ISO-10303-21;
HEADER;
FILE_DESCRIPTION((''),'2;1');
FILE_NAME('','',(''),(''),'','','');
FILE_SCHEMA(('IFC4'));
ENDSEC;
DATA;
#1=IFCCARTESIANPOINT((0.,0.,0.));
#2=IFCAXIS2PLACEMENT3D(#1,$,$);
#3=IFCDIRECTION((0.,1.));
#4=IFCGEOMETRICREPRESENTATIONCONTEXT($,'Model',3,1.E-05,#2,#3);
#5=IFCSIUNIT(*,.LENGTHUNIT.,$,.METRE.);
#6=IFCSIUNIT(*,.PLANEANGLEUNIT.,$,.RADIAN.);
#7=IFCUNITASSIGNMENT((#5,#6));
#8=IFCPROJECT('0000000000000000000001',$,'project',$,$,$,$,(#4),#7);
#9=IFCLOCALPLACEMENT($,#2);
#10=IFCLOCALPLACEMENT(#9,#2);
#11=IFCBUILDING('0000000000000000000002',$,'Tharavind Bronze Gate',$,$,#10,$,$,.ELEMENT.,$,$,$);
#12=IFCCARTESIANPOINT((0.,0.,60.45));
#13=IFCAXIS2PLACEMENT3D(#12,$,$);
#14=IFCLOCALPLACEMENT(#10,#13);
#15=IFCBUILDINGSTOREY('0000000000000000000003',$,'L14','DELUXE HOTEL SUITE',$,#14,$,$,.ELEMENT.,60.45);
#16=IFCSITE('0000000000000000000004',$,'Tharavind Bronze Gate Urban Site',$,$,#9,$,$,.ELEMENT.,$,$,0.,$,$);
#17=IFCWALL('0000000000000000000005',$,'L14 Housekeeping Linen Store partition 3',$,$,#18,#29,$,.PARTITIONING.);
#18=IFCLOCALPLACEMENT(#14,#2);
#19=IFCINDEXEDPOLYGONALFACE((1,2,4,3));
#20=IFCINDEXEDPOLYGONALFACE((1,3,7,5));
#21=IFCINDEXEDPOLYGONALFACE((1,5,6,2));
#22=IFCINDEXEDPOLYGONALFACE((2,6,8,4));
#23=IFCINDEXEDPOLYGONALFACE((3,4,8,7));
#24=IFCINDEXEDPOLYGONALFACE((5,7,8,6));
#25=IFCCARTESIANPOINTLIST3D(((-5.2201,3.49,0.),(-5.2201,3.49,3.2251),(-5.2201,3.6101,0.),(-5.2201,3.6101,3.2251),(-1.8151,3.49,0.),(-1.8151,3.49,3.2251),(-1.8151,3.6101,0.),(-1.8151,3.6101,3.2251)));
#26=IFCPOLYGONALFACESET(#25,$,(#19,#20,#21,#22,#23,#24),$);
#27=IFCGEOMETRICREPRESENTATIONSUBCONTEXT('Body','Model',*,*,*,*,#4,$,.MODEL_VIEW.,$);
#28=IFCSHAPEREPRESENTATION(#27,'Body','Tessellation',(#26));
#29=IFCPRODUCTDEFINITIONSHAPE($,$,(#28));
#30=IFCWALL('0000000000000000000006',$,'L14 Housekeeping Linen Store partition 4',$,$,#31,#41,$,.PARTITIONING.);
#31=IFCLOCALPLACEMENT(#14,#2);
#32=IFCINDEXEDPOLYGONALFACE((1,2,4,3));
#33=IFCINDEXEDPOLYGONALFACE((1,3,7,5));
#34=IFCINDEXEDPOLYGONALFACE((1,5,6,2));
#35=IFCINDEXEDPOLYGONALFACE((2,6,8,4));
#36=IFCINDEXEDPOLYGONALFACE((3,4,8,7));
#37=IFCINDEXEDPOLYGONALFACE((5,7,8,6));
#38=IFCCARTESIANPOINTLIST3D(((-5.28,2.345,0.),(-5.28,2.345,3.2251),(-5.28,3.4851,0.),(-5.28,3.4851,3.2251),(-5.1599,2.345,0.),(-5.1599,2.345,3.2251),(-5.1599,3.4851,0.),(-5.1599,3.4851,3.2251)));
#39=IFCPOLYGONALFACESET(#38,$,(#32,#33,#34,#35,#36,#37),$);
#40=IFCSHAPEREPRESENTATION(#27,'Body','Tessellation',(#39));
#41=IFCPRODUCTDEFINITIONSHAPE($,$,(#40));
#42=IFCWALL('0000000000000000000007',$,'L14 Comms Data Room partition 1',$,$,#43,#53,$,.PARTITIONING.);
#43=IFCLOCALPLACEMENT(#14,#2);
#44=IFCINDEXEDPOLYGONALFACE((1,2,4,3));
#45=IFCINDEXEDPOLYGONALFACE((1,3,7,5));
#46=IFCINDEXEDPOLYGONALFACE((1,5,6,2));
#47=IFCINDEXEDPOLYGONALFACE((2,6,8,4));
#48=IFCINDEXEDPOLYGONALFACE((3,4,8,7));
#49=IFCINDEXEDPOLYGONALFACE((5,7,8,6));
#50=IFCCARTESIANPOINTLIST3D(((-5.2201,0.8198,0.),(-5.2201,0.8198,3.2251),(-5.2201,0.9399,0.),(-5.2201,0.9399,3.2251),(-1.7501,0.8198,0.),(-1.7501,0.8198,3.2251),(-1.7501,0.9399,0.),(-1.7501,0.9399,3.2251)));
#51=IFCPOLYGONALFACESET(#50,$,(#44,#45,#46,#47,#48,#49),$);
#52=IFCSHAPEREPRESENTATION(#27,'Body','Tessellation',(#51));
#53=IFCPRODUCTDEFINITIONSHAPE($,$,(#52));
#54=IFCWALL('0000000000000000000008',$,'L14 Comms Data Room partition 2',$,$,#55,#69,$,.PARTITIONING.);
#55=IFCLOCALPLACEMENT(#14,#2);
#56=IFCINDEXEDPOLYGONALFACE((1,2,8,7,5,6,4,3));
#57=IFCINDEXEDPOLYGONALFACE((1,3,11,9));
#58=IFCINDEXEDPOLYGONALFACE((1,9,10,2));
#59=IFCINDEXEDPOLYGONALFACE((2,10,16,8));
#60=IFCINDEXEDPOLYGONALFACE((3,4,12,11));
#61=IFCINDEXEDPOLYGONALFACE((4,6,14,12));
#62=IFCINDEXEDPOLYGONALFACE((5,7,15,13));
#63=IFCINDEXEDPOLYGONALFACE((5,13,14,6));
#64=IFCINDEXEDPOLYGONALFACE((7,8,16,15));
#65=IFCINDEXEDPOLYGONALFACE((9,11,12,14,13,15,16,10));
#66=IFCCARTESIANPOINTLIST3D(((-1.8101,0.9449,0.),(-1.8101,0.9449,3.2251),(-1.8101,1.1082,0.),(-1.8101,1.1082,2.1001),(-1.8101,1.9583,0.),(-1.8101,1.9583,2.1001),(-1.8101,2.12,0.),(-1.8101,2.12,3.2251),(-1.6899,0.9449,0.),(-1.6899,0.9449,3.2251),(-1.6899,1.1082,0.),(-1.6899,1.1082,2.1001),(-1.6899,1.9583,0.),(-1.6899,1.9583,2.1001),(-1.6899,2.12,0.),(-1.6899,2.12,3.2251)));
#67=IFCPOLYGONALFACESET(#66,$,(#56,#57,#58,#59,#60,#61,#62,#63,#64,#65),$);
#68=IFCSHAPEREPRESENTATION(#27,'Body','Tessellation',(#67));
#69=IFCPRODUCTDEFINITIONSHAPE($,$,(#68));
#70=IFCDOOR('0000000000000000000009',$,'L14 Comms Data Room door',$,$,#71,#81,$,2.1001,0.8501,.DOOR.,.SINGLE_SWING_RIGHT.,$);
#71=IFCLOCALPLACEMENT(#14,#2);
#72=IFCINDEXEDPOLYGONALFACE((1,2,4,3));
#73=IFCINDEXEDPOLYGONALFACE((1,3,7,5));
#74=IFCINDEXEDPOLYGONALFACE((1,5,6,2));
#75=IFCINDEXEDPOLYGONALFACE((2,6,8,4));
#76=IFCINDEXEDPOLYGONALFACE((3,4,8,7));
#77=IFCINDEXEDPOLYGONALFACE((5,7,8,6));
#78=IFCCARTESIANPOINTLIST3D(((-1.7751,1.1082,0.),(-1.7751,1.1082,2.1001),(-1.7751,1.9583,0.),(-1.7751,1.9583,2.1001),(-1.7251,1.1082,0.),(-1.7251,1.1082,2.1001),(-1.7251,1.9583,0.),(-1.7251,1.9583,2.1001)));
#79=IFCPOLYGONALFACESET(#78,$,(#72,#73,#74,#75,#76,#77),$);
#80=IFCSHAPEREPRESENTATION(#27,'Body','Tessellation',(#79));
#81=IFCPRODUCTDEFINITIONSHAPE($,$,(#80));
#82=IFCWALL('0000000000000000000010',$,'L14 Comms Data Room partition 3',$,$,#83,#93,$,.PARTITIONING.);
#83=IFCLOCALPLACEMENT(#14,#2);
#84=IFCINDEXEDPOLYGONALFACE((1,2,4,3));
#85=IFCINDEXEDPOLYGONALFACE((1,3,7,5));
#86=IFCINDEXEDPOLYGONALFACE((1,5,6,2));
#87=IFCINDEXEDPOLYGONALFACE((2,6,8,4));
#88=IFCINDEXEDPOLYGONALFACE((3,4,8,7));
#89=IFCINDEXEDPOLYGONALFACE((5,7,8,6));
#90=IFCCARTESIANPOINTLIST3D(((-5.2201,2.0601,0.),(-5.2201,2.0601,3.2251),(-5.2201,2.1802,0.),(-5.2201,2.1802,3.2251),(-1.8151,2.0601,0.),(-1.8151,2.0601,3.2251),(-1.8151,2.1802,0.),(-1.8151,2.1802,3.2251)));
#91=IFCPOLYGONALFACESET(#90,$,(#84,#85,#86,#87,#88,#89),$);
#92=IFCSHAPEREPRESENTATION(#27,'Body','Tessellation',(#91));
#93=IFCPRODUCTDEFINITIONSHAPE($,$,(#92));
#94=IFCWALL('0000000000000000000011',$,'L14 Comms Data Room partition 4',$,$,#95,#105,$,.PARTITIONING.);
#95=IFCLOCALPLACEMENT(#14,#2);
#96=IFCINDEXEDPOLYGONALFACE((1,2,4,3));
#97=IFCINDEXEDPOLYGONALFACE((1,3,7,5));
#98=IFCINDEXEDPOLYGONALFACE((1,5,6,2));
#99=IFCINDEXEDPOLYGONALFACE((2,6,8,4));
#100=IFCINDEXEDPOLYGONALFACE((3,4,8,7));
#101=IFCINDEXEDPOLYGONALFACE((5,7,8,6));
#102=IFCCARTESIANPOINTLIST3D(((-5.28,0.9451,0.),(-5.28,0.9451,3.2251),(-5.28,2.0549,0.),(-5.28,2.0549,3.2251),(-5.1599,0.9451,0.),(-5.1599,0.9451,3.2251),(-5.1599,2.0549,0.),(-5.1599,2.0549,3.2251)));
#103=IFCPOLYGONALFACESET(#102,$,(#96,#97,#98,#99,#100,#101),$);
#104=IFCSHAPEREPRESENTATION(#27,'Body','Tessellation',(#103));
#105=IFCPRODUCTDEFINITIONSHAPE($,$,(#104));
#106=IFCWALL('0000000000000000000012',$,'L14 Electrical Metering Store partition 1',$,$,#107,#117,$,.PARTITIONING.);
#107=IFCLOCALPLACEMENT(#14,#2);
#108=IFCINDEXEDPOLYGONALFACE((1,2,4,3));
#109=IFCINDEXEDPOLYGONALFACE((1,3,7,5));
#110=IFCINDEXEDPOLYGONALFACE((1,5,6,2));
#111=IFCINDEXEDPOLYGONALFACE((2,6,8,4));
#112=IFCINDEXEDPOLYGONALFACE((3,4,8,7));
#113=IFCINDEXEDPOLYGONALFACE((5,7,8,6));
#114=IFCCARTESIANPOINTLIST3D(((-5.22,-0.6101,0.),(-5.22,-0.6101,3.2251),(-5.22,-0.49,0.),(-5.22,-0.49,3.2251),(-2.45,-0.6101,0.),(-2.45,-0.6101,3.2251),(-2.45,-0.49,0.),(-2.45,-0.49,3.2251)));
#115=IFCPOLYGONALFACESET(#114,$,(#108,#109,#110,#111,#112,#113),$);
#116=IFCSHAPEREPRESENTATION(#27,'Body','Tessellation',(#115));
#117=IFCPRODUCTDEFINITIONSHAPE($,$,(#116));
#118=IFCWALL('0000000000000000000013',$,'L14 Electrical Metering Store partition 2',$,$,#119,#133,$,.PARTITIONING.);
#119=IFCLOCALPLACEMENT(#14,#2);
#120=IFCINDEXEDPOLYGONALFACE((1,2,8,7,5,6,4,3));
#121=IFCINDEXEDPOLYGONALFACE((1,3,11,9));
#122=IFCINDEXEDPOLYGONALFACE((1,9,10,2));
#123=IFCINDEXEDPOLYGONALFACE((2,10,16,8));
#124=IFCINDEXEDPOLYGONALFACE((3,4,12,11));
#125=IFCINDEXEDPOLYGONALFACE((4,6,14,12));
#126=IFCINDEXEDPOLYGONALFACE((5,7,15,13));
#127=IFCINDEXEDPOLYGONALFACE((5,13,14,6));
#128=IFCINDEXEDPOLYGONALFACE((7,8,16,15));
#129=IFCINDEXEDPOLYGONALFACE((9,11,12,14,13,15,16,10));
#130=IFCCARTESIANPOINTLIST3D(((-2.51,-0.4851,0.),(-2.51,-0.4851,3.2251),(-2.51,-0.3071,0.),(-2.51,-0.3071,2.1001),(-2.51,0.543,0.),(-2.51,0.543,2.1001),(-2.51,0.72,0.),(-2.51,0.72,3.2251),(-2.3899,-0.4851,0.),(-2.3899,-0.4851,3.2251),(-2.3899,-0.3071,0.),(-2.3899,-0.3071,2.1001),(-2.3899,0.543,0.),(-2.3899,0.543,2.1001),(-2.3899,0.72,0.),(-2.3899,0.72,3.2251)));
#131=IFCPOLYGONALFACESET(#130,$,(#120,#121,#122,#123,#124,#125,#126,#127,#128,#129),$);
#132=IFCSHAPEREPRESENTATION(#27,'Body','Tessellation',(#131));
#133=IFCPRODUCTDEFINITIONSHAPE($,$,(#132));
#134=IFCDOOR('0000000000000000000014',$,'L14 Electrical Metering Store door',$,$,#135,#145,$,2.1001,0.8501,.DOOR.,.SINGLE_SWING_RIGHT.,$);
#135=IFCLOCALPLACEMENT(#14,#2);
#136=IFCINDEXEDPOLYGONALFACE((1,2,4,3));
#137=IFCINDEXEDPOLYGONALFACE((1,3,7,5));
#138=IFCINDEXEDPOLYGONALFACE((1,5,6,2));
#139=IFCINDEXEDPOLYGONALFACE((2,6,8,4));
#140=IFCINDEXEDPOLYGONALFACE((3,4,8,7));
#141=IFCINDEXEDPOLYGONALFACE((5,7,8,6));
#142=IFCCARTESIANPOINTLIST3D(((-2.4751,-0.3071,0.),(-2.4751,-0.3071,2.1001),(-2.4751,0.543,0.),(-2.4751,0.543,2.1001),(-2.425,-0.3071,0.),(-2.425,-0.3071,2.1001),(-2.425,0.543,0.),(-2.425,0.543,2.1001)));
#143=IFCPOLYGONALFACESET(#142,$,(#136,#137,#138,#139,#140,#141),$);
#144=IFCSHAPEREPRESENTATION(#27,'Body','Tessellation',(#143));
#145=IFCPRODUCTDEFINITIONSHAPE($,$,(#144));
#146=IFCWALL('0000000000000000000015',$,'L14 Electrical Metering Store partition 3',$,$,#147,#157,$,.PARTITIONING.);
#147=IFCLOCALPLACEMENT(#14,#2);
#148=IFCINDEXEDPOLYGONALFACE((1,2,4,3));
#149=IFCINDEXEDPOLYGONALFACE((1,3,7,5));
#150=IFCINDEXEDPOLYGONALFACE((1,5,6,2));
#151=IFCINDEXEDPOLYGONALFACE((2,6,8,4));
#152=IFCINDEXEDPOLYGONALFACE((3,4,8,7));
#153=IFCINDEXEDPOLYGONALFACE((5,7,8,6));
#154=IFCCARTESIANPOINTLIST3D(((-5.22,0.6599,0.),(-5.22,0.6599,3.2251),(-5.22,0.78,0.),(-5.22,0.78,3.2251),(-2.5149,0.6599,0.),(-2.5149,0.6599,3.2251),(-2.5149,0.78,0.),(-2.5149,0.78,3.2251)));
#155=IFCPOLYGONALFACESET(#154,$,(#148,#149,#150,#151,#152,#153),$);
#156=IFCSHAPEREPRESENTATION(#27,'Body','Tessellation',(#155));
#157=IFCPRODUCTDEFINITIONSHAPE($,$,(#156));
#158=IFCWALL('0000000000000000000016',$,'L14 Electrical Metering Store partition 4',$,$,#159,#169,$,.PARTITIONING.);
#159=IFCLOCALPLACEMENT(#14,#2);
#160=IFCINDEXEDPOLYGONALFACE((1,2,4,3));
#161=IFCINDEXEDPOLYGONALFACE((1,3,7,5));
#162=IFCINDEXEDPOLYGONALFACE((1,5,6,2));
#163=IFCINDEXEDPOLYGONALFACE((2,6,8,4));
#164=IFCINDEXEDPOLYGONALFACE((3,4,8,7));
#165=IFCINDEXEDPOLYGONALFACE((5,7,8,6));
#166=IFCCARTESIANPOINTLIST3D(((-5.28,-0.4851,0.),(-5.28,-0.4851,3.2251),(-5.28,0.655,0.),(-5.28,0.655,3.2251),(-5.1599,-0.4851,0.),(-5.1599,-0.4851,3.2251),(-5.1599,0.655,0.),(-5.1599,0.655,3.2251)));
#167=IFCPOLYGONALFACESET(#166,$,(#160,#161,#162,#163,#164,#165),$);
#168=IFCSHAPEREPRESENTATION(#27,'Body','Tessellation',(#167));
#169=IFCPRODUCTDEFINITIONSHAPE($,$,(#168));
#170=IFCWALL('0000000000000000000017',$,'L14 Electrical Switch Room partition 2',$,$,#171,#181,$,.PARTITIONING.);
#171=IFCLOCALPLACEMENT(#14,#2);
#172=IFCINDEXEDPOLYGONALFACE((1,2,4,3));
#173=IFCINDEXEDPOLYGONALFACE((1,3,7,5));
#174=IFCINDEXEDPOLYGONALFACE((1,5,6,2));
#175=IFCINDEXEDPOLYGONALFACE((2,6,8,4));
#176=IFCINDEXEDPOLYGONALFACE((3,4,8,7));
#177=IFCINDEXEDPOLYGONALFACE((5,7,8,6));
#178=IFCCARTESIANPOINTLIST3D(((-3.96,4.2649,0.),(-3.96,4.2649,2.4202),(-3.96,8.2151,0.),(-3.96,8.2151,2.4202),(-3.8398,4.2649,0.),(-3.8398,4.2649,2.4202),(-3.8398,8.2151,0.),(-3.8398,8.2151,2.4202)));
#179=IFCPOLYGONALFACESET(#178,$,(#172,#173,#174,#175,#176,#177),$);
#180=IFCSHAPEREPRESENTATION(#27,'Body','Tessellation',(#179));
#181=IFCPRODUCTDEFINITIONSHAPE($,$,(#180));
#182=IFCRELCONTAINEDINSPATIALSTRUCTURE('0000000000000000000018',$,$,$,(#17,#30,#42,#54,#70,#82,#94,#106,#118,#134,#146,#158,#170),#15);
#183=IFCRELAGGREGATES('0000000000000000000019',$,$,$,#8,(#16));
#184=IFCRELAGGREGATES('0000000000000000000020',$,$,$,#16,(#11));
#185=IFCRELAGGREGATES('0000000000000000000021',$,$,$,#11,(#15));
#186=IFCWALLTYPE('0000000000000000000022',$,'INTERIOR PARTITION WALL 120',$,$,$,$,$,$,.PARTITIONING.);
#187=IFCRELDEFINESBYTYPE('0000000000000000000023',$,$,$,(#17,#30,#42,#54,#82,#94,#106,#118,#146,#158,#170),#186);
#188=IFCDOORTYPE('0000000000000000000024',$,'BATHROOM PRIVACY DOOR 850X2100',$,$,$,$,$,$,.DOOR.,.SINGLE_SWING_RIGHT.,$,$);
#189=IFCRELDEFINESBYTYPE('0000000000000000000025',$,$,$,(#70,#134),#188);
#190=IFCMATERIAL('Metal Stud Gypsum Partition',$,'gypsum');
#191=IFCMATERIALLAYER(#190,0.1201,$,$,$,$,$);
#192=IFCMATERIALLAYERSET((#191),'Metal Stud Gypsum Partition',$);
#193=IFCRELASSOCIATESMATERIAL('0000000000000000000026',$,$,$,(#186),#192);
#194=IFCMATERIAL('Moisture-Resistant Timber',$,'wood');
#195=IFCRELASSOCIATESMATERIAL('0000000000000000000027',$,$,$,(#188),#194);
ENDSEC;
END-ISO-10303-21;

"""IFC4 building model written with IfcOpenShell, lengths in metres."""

from ifc_helpers import new_model, si_unit, direction, frame, frame_2d, origin, place, context, subcontext, project, spatial, rectangle, extrude, material, layer, layer_set, type_object, element, fill, save


model = new_model("IFC4")

# Units and contexts
model_context = context("Model", 3, precision=1e-05, world=origin(), true_north=direction((0.0, 1.0)))
body_context = subcontext(model_context, "Body", "Model", "MODEL_VIEW")
ifc_project = project(units=[si_unit("LENGTHUNIT", "METRE"), si_unit("PLANEANGLEUNIT", "RADIAN")], contexts=[model_context])

# Site, building, storey
site_placement = place(None, origin())
site = spatial("IfcSite", under=ifc_project, at=site_placement, Name="Tharavind Bronze Gate Urban Site", CompositionType="ELEMENT", RefElevation=0.0)
building_placement = place(site_placement, origin())
building = spatial("IfcBuilding", under=site, at=building_placement, Name="Tharavind Bronze Gate", CompositionType="ELEMENT")
storey_placement = place(building_placement, frame((0.0, 0.0, 60.45)))
storey = spatial("IfcBuildingStorey", under=building, at=storey_placement, Name="L14", Description="DELUXE HOTEL SUITE", CompositionType="ELEMENT", Elevation=60.45)

# Shared definitions
ifc_material_1 = material(Name="Metal Stud Gypsum Partition", Category="gypsum")
ifc_layer_1 = layer(ifc_material_1, 0.1201)
ifc_layer_set_1 = layer_set([ifc_layer_1], Name="Metal Stud Gypsum Partition")
wall_type_1 = type_object("IfcWallType", Name="INTERIOR PARTITION WALL 120", PredefinedType="PARTITIONING", material=ifc_layer_set_1)

# Shared definitions
ifc_material_2 = material(Name="Moisture-Resistant Timber", Category="wood")
door_type = type_object("IfcDoorType", Name="BATHROOM PRIVACY DOOR 850X2100", OperationType="SINGLE_SWING_RIGHT", PredefinedType="DOOR", material=ifc_material_2)

# Walls
wall_1_placement = place(storey_placement, frame((-1.8149, 3.55, 0.0), z_axis=(0.0, 0.0, 1.0), x_axis=(-1.0, 0.0, 0.0)))
element("IfcWall", 1, at=wall_1_placement, inside=storey, type_object=wall_type_1, Name="L14 Housekeeping Linen Store partition 3", PredefinedType="PARTITIONING", context=body_context, shape_type="SweptSolid", body=[
    extrude(rectangle(XDim=3.405, YDim=0.1201, at=frame_2d((1.7026, 0.0))), origin(), (0.0, 0.0, 1.0), 3.2251),
])
wall_2_placement = place(storey_placement, frame((-5.22, 3.4851, 0.0), z_axis=(0.0, 0.0, 1.0), x_axis=(0.0, -1.0, 0.0)))
element("IfcWall", 2, at=wall_2_placement, inside=storey, type_object=wall_type_1, Name="L14 Housekeeping Linen Store partition 4", PredefinedType="PARTITIONING", context=body_context, shape_type="SweptSolid", body=[
    extrude(rectangle(XDim=1.1401, YDim=0.1201, at=frame_2d((0.5701, 0.0))), origin(), (0.0, 0.0, 1.0), 3.2251),
])
wall_3_placement = place(storey_placement, frame((-5.22, 0.8799, 0.0), z_axis=(0.0, 0.0, 1.0), x_axis=(1.0, 0.0, 0.0)))
element("IfcWall", 3, at=wall_3_placement, inside=storey, type_object=wall_type_1, Name="L14 Comms Data Room partition 1", PredefinedType="PARTITIONING", context=body_context, shape_type="SweptSolid", body=[
    extrude(rectangle(XDim=3.47, YDim=0.1201, at=frame_2d((1.7349, 0.0))), origin(), (0.0, 0.0, 1.0), 3.2251),
])

# Wall, opening, door
wall_4_placement = place(storey_placement, frame((-1.75, 0.9451, 0.0), z_axis=(0.0, 0.0, 1.0), x_axis=(0.0, 1.0, 0.0)))
wall_4 = element("IfcWall", 4, at=wall_4_placement, inside=storey, type_object=wall_type_1, Name="L14 Comms Data Room partition 2", PredefinedType="PARTITIONING", context=body_context, shape_type="SweptSolid", body=[
    extrude(rectangle(XDim=1.175, YDim=0.1201, at=frame_2d((0.5874, 0.0))), origin(), (0.0, 0.0, 1.0), 3.2251),
])
opening_1_placement = place(wall_4_placement, frame((0.1631, 0.0, 0.0)))
opening_1 = element("IfcOpeningElement", 5, at=opening_1_placement, cuts=wall_4, PredefinedType="OPENING", context=body_context, shape_type="SweptSolid", body=[
    extrude(rectangle(XDim=0.8501, YDim=2.1001, at=frame_2d((0.425, 1.05))), frame((0.0, 0.0701, 0.0), z_axis=(0.0, -1.0, 0.0), x_axis=(1.0, 0.0, 0.0)), (0.0, 0.0, 1.0), 0.1401),
])
door_1_placement = place(opening_1_placement, frame((0.8501, 0.0, 0.0), z_axis=(0.0, 0.0, 1.0), x_axis=(-1.0, 0.0, 0.0)))
door_1 = element("IfcDoor", 6, at=door_1_placement, inside=storey, type_object=door_type, Name="L14 Comms Data Room door", OperationType="SINGLE_SWING_RIGHT", OverallHeight=2.1001, OverallWidth=0.8501, PredefinedType="DOOR", context=body_context, shape_type="SweptSolid", body=[
    extrude(rectangle(XDim=0.8501, YDim=2.1001, at=frame_2d((0.425, 1.05))), frame((0.0, 0.0249, 0.0), z_axis=(0.0, -1.0, 0.0), x_axis=(1.0, 0.0, 0.0)), (0.0, 0.0, 1.0), 0.05),
])
fill(opening_1, door_1)

# Walls
wall_5_placement = place(storey_placement, frame((-1.8149, 2.1201, 0.0), z_axis=(0.0, 0.0, 1.0), x_axis=(-1.0, 0.0, 0.0)))
element("IfcWall", 7, at=wall_5_placement, inside=storey, type_object=wall_type_1, Name="L14 Comms Data Room partition 3", PredefinedType="PARTITIONING", context=body_context, shape_type="SweptSolid", body=[
    extrude(rectangle(XDim=3.405, YDim=0.1201, at=frame_2d((1.7026, 0.0))), origin(), (0.0, 0.0, 1.0), 3.2251),
])
wall_6_placement = place(storey_placement, frame((-5.22, 2.0549, 0.0), z_axis=(0.0, 0.0, 1.0), x_axis=(0.0, -1.0, 0.0)))
element("IfcWall", 8, at=wall_6_placement, inside=storey, type_object=wall_type_1, Name="L14 Comms Data Room partition 4", PredefinedType="PARTITIONING", context=body_context, shape_type="SweptSolid", body=[
    extrude(rectangle(XDim=1.1099, YDim=0.1201, at=frame_2d((0.5549, 0.0))), origin(), (0.0, 0.0, 1.0), 3.2251),
])
wall_7_placement = place(storey_placement, frame((-5.22, -0.55, 0.0), z_axis=(0.0, 0.0, 1.0), x_axis=(1.0, 0.0, 0.0)))
element("IfcWall", 9, at=wall_7_placement, inside=storey, type_object=wall_type_1, Name="L14 Electrical Metering Store partition 1", PredefinedType="PARTITIONING", context=body_context, shape_type="SweptSolid", body=[
    extrude(rectangle(XDim=2.77, YDim=0.1201, at=frame_2d((1.385, 0.0))), origin(), (0.0, 0.0, 1.0), 3.2251),
])

# Wall, opening, door
wall_8_placement = place(storey_placement, frame((-2.45, -0.4851, 0.0), z_axis=(0.0, 0.0, 1.0), x_axis=(0.0, 1.0, 0.0)))
wall_8 = element("IfcWall", 10, at=wall_8_placement, inside=storey, type_object=wall_type_1, Name="L14 Electrical Metering Store partition 2", PredefinedType="PARTITIONING", context=body_context, shape_type="SweptSolid", body=[
    extrude(rectangle(XDim=1.2051, YDim=0.1201, at=frame_2d((0.6025, 0.0))), origin(), (0.0, 0.0, 1.0), 3.2251),
])
opening_2_placement = place(wall_8_placement, frame((0.178, 0.0, 0.0)))
opening_2 = element("IfcOpeningElement", 11, at=opening_2_placement, cuts=wall_8, PredefinedType="OPENING", context=body_context, shape_type="SweptSolid", body=[
    extrude(rectangle(XDim=0.8501, YDim=2.1001, at=frame_2d((0.425, 1.05))), frame((0.0, 0.0701, 0.0), z_axis=(0.0, -1.0, 0.0), x_axis=(1.0, 0.0, 0.0)), (0.0, 0.0, 1.0), 0.1401),
])
door_2_placement = place(opening_2_placement, frame((0.8501, 0.0, 0.0), z_axis=(0.0, 0.0, 1.0), x_axis=(-1.0, 0.0, 0.0)))
door_2 = element("IfcDoor", 12, at=door_2_placement, inside=storey, type_object=door_type, Name="L14 Electrical Metering Store door", OperationType="SINGLE_SWING_RIGHT", OverallHeight=2.1001, OverallWidth=0.8501, PredefinedType="DOOR", context=body_context, shape_type="SweptSolid", body=[
    extrude(rectangle(XDim=0.8501, YDim=2.1001, at=frame_2d((0.425, 1.05))), frame((0.0, 0.0249, 0.0), z_axis=(0.0, -1.0, 0.0), x_axis=(1.0, 0.0, 0.0)), (0.0, 0.0, 1.0), 0.05),
])
fill(opening_2, door_2)

# Walls
wall_9_placement = place(storey_placement, frame((-2.5149, 0.72, 0.0), z_axis=(0.0, 0.0, 1.0), x_axis=(-1.0, 0.0, 0.0)))
element("IfcWall", 13, at=wall_9_placement, inside=storey, type_object=wall_type_1, Name="L14 Electrical Metering Store partition 3", PredefinedType="PARTITIONING", context=body_context, shape_type="SweptSolid", body=[
    extrude(rectangle(XDim=2.7051, YDim=0.1201, at=frame_2d((1.3525, 0.0))), origin(), (0.0, 0.0, 1.0), 3.2251),
])
wall_10_placement = place(storey_placement, frame((-5.22, 0.655, 0.0), z_axis=(0.0, 0.0, 1.0), x_axis=(0.0, -1.0, 0.0)))
element("IfcWall", 14, at=wall_10_placement, inside=storey, type_object=wall_type_1, Name="L14 Electrical Metering Store partition 4", PredefinedType="PARTITIONING", context=body_context, shape_type="SweptSolid", body=[
    extrude(rectangle(XDim=1.1401, YDim=0.1201, at=frame_2d((0.5701, 0.0))), origin(), (0.0, 0.0, 1.0), 3.2251),
])
wall_11_placement = place(storey_placement, frame((-3.8999, 4.2649, 0.0), z_axis=(0.0, 0.0, 1.0), x_axis=(0.0, 1.0, 0.0)))
element("IfcWall", 15, at=wall_11_placement, inside=storey, type_object=wall_type_1, Name="L14 Electrical Switch Room partition 2", PredefinedType="PARTITIONING", context=body_context, shape_type="SweptSolid", body=[
    extrude(rectangle(XDim=3.9502, YDim=0.1201, at=frame_2d((1.9751, 0.0))), origin(), (0.0, 0.0, 1.0), 2.4202),
])

save(model, "model.ifc")
